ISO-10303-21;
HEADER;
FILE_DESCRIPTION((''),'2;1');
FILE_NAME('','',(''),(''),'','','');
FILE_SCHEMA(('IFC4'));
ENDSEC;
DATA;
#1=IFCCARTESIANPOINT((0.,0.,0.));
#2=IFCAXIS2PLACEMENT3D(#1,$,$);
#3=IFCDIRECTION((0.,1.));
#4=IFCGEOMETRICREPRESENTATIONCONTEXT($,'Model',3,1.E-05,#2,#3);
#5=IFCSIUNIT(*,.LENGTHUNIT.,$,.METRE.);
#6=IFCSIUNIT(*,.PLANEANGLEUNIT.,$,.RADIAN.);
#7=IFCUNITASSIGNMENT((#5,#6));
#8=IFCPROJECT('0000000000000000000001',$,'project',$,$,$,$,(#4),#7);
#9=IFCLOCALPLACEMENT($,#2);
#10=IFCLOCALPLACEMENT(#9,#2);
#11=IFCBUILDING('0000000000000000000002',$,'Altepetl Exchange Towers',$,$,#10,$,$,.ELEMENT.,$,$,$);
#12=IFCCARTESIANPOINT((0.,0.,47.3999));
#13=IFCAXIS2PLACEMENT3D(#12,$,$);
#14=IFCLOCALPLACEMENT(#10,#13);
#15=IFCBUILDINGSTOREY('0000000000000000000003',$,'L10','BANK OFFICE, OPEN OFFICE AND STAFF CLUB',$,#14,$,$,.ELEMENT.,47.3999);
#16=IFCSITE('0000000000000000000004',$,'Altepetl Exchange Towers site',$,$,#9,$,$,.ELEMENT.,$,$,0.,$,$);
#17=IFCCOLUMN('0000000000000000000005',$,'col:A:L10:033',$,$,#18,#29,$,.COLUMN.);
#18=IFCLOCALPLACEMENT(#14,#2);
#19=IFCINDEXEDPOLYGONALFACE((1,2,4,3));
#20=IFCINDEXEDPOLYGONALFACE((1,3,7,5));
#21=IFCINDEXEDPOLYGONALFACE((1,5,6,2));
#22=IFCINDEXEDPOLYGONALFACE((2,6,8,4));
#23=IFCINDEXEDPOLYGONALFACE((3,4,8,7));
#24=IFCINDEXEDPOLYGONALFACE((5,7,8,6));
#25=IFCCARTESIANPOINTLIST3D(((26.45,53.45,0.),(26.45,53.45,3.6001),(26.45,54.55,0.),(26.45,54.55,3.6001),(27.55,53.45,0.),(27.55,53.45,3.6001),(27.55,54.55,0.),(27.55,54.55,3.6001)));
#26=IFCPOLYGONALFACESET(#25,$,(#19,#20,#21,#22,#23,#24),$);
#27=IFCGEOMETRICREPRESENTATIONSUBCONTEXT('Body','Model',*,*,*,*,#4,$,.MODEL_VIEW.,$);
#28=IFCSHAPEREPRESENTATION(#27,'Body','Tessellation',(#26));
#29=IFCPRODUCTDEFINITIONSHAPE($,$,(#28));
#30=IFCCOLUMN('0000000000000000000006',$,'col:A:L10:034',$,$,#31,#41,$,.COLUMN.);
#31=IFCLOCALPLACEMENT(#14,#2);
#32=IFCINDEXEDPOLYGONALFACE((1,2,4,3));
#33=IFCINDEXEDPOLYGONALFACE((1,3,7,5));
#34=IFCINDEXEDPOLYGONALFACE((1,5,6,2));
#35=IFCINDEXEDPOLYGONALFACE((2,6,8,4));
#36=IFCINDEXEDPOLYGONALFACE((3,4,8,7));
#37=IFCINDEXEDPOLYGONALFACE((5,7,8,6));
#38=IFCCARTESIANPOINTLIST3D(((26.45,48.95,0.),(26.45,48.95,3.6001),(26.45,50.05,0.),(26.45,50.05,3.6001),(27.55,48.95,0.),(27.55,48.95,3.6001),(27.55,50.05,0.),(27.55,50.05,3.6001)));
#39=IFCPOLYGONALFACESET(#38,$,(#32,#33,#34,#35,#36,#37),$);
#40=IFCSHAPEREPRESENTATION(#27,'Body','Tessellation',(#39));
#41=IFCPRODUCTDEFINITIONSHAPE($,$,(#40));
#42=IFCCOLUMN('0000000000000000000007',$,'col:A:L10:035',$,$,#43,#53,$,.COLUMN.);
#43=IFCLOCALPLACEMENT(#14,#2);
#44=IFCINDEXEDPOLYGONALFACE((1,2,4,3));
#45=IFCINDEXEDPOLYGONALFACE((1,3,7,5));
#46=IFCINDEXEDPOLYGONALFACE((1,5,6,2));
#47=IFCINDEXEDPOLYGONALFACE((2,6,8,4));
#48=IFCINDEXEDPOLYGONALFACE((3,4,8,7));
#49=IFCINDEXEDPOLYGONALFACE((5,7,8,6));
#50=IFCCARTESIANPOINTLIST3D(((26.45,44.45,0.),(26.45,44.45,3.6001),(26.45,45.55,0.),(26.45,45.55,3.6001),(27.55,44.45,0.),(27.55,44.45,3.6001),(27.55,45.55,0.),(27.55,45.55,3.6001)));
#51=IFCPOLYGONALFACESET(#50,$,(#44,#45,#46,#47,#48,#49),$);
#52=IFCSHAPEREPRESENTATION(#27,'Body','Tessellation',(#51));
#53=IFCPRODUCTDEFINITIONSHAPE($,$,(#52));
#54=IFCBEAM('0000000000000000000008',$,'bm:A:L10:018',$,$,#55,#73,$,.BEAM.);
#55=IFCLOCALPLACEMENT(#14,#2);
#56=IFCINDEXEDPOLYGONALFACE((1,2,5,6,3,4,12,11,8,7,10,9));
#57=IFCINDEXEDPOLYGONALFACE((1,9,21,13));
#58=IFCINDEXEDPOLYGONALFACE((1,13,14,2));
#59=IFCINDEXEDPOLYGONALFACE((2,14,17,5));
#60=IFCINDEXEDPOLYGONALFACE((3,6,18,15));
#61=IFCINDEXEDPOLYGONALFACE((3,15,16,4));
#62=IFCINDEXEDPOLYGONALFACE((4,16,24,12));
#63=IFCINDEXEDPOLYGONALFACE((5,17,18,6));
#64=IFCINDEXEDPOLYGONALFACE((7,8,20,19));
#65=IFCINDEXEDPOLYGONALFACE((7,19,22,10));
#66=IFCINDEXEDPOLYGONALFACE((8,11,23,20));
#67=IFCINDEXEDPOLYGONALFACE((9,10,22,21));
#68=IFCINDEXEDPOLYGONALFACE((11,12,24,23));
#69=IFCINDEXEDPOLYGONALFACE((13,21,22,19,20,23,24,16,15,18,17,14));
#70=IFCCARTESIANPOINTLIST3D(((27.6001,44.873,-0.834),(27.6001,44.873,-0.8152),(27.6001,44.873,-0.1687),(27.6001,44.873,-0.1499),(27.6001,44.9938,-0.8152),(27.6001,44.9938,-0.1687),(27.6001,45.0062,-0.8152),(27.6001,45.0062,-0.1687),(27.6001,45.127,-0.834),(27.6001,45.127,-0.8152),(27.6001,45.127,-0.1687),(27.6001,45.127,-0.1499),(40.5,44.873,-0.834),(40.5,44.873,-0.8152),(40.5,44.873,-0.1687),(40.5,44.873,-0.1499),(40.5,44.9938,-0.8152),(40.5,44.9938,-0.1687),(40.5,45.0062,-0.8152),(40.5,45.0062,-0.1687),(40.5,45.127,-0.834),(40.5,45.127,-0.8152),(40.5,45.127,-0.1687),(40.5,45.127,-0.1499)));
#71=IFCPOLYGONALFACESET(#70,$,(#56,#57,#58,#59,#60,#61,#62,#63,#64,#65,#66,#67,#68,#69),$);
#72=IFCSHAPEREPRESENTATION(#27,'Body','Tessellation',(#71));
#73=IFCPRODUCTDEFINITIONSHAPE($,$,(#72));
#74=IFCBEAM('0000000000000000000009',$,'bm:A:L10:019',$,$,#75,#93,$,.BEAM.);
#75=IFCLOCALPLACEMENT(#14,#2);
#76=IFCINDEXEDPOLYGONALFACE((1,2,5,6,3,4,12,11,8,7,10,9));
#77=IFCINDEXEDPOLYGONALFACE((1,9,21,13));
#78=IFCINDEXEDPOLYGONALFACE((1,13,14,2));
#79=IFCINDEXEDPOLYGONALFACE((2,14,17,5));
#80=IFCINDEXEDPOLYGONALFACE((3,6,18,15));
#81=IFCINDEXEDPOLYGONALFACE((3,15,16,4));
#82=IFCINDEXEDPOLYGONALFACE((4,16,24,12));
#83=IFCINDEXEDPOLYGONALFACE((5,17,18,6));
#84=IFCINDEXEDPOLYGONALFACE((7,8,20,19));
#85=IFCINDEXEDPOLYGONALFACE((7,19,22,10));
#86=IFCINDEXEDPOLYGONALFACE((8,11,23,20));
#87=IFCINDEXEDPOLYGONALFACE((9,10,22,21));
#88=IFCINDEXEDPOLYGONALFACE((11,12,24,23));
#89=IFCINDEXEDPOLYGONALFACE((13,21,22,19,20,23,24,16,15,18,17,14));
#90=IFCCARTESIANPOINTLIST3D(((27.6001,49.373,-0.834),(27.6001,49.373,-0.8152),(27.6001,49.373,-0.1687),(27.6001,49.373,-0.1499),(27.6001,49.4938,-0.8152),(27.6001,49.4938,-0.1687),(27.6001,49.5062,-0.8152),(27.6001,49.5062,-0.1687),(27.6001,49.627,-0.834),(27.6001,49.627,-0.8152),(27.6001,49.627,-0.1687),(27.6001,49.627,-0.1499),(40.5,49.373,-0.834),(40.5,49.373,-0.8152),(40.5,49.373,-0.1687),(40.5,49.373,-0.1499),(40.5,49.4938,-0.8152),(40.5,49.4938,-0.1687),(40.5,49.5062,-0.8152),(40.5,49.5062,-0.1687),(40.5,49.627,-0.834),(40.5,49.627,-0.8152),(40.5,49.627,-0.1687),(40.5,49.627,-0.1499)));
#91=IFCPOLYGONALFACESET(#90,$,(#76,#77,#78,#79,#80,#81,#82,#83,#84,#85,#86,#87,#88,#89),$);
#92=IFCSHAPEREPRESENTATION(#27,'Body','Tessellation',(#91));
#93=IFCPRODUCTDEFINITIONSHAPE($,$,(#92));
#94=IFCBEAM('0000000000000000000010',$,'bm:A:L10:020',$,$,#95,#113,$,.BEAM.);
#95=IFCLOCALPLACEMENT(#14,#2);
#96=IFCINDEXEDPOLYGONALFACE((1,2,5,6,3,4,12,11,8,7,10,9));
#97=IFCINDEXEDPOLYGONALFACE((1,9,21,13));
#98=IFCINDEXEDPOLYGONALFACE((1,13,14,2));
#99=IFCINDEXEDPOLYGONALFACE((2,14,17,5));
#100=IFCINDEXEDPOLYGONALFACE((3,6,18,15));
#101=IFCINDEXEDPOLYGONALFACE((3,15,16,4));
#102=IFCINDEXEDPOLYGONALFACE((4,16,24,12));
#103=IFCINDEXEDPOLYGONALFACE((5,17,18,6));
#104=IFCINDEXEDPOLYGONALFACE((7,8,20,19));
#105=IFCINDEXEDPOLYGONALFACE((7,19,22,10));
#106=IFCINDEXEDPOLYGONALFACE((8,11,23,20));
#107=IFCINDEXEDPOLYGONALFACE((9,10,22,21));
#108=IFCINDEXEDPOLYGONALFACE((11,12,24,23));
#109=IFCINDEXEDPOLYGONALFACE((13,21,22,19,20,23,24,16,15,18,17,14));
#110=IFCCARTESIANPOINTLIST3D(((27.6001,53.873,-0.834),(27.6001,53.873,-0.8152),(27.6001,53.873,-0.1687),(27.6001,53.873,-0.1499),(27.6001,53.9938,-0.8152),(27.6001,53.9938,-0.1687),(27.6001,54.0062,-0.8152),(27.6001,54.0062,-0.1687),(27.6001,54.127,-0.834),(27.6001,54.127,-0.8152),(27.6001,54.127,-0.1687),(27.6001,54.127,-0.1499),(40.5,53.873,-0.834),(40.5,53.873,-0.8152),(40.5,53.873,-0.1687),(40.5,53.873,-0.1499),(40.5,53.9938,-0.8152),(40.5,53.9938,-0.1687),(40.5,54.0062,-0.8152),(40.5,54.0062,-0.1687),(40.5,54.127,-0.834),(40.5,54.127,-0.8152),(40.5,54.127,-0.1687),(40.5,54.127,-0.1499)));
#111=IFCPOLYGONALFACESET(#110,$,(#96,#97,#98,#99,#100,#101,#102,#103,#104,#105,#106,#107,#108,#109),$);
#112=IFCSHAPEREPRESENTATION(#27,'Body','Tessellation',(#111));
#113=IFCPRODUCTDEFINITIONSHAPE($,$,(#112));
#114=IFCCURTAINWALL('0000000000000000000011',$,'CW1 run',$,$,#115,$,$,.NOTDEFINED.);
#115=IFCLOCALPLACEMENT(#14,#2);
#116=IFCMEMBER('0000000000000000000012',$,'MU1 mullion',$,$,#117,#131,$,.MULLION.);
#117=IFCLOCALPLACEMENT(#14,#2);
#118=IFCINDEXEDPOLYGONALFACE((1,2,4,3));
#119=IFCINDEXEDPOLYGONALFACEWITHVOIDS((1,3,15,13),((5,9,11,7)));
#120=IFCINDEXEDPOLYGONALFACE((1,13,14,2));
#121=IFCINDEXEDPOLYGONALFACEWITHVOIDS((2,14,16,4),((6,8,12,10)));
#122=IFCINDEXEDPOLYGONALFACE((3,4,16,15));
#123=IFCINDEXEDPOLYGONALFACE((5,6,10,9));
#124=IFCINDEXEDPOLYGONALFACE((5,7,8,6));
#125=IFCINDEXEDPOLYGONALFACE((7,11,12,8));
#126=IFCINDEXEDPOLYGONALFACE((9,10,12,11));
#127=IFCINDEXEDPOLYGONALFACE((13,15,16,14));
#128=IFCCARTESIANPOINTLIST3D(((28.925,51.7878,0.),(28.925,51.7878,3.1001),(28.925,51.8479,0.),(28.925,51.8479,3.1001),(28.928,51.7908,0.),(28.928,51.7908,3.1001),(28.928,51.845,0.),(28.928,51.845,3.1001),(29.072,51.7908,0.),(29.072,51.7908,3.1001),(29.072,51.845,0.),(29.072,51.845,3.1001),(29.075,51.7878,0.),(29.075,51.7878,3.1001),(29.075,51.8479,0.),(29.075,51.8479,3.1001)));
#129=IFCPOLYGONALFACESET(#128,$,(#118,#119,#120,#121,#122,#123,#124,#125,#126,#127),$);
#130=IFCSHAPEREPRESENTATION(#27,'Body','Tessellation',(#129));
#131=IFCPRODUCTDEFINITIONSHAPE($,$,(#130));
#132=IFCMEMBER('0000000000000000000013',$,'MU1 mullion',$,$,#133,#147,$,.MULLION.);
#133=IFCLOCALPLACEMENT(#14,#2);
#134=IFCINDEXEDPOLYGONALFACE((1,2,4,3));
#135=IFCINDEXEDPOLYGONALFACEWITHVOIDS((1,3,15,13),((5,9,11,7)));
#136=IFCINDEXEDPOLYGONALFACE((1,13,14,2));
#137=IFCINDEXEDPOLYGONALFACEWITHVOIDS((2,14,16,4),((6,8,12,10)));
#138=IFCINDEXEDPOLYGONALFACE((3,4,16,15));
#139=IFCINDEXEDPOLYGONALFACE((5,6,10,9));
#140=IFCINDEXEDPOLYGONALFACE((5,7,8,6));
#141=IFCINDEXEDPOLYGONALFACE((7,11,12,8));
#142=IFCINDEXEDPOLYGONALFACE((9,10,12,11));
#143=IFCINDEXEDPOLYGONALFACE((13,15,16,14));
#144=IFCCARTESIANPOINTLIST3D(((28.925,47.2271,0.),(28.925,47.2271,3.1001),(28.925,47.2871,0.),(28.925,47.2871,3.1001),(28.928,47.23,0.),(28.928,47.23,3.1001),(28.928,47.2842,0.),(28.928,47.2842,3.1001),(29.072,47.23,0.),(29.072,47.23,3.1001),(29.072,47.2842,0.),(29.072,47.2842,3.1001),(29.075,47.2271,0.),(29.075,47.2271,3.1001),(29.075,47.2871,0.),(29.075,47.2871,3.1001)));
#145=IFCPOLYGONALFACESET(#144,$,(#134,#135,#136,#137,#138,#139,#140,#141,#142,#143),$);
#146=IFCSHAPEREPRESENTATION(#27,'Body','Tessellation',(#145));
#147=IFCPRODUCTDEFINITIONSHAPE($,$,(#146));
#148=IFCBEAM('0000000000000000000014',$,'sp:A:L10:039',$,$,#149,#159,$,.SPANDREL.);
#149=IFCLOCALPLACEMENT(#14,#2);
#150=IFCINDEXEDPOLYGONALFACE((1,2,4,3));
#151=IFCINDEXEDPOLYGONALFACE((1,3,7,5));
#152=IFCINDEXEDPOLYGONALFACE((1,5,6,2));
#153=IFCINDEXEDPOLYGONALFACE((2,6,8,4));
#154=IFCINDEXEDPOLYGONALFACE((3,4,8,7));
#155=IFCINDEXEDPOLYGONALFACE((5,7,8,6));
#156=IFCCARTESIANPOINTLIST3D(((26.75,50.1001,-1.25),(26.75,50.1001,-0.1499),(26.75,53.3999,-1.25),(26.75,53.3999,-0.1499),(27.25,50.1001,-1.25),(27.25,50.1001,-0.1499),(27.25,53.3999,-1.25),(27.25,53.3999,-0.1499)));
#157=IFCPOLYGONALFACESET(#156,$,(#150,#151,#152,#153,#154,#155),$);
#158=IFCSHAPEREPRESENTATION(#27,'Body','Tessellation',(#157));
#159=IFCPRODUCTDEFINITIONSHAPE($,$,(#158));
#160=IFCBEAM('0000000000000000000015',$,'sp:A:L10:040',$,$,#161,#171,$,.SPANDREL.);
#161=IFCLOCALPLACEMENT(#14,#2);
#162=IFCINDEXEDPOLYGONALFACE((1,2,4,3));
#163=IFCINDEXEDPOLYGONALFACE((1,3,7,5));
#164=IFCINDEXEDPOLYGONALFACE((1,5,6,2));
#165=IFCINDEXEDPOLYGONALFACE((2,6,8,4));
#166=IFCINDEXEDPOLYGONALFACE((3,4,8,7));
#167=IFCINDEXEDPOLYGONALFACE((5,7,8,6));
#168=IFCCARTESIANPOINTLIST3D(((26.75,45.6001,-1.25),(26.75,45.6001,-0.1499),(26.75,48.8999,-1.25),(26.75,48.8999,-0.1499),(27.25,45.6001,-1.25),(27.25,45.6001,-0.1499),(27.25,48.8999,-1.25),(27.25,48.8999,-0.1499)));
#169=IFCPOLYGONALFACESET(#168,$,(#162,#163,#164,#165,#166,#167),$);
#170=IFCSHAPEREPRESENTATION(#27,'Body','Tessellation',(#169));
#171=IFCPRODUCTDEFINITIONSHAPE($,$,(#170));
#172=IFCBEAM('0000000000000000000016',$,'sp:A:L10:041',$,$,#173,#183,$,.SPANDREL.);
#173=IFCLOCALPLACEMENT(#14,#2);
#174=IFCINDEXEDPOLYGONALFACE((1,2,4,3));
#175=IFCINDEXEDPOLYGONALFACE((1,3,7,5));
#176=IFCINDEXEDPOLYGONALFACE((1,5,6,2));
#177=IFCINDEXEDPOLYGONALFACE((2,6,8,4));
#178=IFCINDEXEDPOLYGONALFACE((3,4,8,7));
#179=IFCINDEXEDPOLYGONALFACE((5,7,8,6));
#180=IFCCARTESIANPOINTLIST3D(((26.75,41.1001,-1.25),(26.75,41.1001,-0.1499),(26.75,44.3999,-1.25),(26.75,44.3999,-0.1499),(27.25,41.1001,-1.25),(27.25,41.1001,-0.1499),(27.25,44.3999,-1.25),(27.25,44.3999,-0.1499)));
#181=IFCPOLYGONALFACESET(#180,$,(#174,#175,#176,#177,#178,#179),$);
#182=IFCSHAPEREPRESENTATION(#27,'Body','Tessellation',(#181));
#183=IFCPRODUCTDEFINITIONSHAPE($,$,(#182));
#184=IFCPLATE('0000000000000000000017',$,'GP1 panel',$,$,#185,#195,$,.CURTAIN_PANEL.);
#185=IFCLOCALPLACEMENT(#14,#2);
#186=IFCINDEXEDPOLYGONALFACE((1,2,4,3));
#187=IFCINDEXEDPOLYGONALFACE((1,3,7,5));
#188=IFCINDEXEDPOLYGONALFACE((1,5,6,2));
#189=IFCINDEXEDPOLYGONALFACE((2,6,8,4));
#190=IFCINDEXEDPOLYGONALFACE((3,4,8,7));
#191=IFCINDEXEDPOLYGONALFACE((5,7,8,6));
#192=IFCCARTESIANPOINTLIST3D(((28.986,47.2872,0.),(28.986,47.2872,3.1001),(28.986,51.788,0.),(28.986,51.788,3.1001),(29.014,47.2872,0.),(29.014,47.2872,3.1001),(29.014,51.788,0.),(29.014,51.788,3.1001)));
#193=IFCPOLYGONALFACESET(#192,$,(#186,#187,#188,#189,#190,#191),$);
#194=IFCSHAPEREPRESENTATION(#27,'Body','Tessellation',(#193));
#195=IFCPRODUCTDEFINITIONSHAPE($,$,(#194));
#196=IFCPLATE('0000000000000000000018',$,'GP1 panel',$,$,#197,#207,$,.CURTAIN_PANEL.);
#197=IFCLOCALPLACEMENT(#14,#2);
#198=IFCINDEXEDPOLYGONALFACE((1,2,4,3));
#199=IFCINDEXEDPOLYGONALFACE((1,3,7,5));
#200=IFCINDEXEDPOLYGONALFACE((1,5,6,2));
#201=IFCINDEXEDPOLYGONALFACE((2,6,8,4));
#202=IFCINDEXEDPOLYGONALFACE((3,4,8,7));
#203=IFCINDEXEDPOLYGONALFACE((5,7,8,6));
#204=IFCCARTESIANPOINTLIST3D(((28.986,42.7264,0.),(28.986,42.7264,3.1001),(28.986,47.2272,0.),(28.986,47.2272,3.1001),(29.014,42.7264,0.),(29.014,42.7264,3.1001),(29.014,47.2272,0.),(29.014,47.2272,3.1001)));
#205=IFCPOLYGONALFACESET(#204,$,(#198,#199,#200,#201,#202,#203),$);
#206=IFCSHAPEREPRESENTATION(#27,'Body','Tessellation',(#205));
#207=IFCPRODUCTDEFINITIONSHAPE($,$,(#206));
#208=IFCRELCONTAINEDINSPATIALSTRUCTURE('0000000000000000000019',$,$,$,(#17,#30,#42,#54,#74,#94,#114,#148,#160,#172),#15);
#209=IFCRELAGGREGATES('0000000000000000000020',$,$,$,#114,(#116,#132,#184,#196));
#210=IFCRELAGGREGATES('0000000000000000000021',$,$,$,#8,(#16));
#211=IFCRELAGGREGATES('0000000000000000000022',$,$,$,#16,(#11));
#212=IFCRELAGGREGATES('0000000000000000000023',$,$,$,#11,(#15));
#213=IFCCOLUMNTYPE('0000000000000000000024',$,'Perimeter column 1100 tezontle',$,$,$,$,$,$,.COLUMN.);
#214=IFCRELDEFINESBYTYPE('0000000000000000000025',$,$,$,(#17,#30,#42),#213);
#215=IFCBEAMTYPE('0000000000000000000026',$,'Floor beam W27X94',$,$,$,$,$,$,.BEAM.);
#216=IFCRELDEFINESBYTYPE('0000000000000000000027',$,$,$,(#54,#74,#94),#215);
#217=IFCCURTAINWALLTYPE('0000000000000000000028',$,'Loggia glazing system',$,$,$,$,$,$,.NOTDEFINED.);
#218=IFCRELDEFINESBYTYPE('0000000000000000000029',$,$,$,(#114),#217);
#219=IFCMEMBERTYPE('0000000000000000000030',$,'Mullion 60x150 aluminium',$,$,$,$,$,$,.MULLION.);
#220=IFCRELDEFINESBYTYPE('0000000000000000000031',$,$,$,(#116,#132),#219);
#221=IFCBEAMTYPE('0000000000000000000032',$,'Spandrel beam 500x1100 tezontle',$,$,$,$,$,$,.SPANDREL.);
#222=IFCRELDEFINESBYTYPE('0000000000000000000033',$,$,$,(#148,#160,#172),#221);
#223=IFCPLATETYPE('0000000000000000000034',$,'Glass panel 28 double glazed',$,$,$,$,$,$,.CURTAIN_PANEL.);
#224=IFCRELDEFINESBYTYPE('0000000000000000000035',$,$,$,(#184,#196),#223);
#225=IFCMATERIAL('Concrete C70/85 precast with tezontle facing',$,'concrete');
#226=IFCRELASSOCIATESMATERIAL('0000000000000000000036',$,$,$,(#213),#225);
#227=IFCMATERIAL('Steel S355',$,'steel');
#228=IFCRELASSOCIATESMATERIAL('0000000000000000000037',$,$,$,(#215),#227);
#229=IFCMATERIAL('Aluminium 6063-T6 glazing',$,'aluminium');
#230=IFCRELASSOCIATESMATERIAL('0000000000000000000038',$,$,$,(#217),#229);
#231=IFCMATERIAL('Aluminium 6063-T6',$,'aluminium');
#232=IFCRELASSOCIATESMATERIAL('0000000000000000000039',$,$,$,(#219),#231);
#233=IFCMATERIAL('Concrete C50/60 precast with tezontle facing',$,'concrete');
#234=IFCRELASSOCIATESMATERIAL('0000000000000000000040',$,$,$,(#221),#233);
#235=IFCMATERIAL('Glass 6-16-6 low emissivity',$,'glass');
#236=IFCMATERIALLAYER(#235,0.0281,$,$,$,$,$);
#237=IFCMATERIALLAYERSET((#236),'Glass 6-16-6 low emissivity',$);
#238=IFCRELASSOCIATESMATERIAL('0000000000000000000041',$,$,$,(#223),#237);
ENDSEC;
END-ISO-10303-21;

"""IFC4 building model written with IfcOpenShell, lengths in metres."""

from ifc_helpers import new_model, si_unit, direction, frame, origin, origin_2d, place, context, subcontext, project, spatial, rectangle, hollow_rectangle, i_section, extrude, material, layer, layer_set, material_profile, profile_set, type_object, element, aggregate, save


model = new_model("IFC4")

# Units and contexts
model_context = context("Model", 3, precision=1e-05, world=origin(), true_north=direction((0.0, 1.0)))
body_context = subcontext(model_context, "Body", "Model", "MODEL_VIEW")
ifc_project = project(units=[si_unit("LENGTHUNIT", "METRE"), si_unit("PLANEANGLEUNIT", "RADIAN")], contexts=[model_context])

# Site, building, storey
site_placement = place(None, origin())
site = spatial("IfcSite", under=ifc_project, at=site_placement, Name="Altepetl Exchange Towers site", CompositionType="ELEMENT", RefElevation=0.0)
building_placement = place(site_placement, origin())
building = spatial("IfcBuilding", under=site, at=building_placement, Name="Altepetl Exchange Towers", CompositionType="ELEMENT")
storey_placement = place(building_placement, frame((0.0, 0.0, 47.3999)))
storey = spatial("IfcBuildingStorey", under=building, at=storey_placement, Name="L10", Description="BANK OFFICE, OPEN OFFICE AND STAFF CLUB", CompositionType="ELEMENT", Elevation=47.3999)

# Columns
ifc_material_1 = material(Name="Concrete C70/85 precast with tezontle facing", Category="concrete")
ifc_material_profile_1 = material_profile(ifc_material_1, rectangle(XDim=1.1001, YDim=1.1001, at=origin_2d()), Name="1100 x 1100")
ifc_profile_set_1 = profile_set([ifc_material_profile_1], Name="Concrete C70/85 precast with tezontle facing")
column_type = type_object("IfcColumnType", Name="Perimeter column 1100 tezontle", PredefinedType="COLUMN", material=ifc_profile_set_1)
for number, where, name in (
    (1, (27.0, 54.0, 0.0), "col:A:L10:033"),
    (2, (27.0, 49.5, 0.0), "col:A:L10:034"),
    (3, (27.0, 45.0, 0.0), "col:A:L10:035"),
):
    element("IfcColumn", number, at=place(storey_placement, frame(where)), inside=storey, type_object=column_type, Name=name, PredefinedType="COLUMN", context=body_context, shape_type="SweptSolid", body=[
        extrude(rectangle(XDim=1.1001, YDim=1.1001, at=origin_2d()), origin(), (0.0, 0.0, 1.0), 3.6001),
    ])

# Beams
ifc_material_2 = material(Name="Steel S355", Category="steel")
ifc_material_profile_2 = material_profile(ifc_material_2, i_section(OverallWidth=0.2539, OverallDepth=0.6841, WebThickness=0.0125, FlangeThickness=0.0188, at=origin_2d()), Name="W27X94")
ifc_profile_set_2 = profile_set([ifc_material_profile_2], Name="Steel S355")
beam_type_1 = type_object("IfcBeamType", Name="Floor beam W27X94", PredefinedType="BEAM", material=ifc_profile_set_2)
for number, where, z_axis, x_axis, name in (
    (4, (27.6001, 45.0, -0.4919), (1.0, 0.0, 0.0), (0.0, 1.0, 0.0), "bm:A:L10:018"),
    (5, (27.6001, 49.5, -0.4919), (1.0, 0.0, 0.0), (0.0, 1.0, 0.0), "bm:A:L10:019"),
    (6, (27.6001, 54.0, -0.4919), (1.0, 0.0, 0.0), (0.0, 1.0, 0.0), "bm:A:L10:020"),
):
    element("IfcBeam", number, at=place(storey_placement, frame(where, z_axis=z_axis, x_axis=x_axis)), inside=storey, type_object=beam_type_1, Name=name, PredefinedType="BEAM", context=body_context, shape_type="SweptSolid", body=[
        extrude(i_section(OverallWidth=0.2539, OverallDepth=0.6841, WebThickness=0.0125, FlangeThickness=0.0188, at=origin_2d()), origin(), (0.0, 0.0, 1.0), 12.8999),
    ])

# Curtain wall, members
ifc_material_3 = material(Name="Aluminium 6063-T6 glazing", Category="aluminium")
curtain_wall_type = type_object("IfcCurtainWallType", Name="Loggia glazing system", PredefinedType="NOTDEFINED", material=ifc_material_3)
curtain_wall_placement = place(storey_placement, origin())
curtain_wall = element("IfcCurtainWall", 7, at=curtain_wall_placement, inside=storey, type_object=curtain_wall_type, Name="CW1 run", PredefinedType="NOTDEFINED")
ifc_material_4 = material(Name="Aluminium 6063-T6", Category="aluminium")
ifc_material_profile_3 = material_profile(ifc_material_4, hollow_rectangle(XDim=0.0601, YDim=0.1499, WallThickness=0.0029, at=origin_2d()), Name="Mullion 60x150 aluminium")
ifc_profile_set_3 = profile_set([ifc_material_profile_3], Name="Aluminium 6063-T6")
member_type = type_object("IfcMemberType", Name="Mullion 60x150 aluminium", PredefinedType="MULLION", material=ifc_profile_set_3)
member_1_placement = place(storey_placement, frame((29.0, 51.8179, 0.0), z_axis=(0.0, 0.0, 1.0), x_axis=(0.0, -1.0, 0.0)))
member_1 = element("IfcMember", 8, at=member_1_placement, type_object=member_type, Name="MU1 mullion", PredefinedType="MULLION", context=body_context, shape_type="SweptSolid", body=[
    extrude(hollow_rectangle(XDim=0.0601, YDim=0.1499, WallThickness=0.0029, at=origin_2d()), origin(), (0.0, 0.0, 1.0), 3.1001),
])
member_2_placement = place(storey_placement, frame((29.0, 47.2571, 0.0), z_axis=(0.0, 0.0, 1.0), x_axis=(0.0, -1.0, 0.0)))
member_2 = element("IfcMember", 9, at=member_2_placement, type_object=member_type, Name="MU1 mullion", PredefinedType="MULLION", context=body_context, shape_type="SweptSolid", body=[
    extrude(hollow_rectangle(XDim=0.0601, YDim=0.1499, WallThickness=0.0029, at=origin_2d()), origin(), (0.0, 0.0, 1.0), 3.1001),
])

# Beams
ifc_material_5 = material(Name="Concrete C50/60 precast with tezontle facing", Category="concrete")
ifc_material_profile_4 = material_profile(ifc_material_5, rectangle(XDim=0.5, YDim=1.1001, at=origin_2d()), Name="500 x 1100")
ifc_profile_set_4 = profile_set([ifc_material_profile_4], Name="Concrete C50/60 precast with tezontle facing")
beam_type_2 = type_object("IfcBeamType", Name="Spandrel beam 500x1100 tezontle", PredefinedType="SPANDREL", material=ifc_profile_set_4)
for number, where, z_axis, x_axis, name in (
    (10, (27.0, 53.3999, -0.7), (0.0, -1.0, 0.0), (1.0, 0.0, 0.0), "sp:A:L10:039"),
    (11, (27.0, 48.8999, -0.7), (0.0, -1.0, 0.0), (1.0, 0.0, 0.0), "sp:A:L10:040"),
    (12, (27.0, 44.3999, -0.7), (0.0, -1.0, 0.0), (1.0, 0.0, 0.0), "sp:A:L10:041"),
):
    element("IfcBeam", number, at=place(storey_placement, frame(where, z_axis=z_axis, x_axis=x_axis)), inside=storey, type_object=beam_type_2, Name=name, PredefinedType="SPANDREL", context=body_context, shape_type="SweptSolid", body=[
        extrude(rectangle(XDim=0.5, YDim=1.1001, at=origin_2d()), origin(), (0.0, 0.0, 1.0), 3.2998),
    ])

# Plates
ifc_material_6 = material(Name="Glass 6-16-6 low emissivity", Category="glass")
ifc_layer_1 = layer(ifc_material_6, 0.0281)
ifc_layer_set_1 = layer_set([ifc_layer_1], Name="Glass 6-16-6 low emissivity")
plate_type = type_object("IfcPlateType", Name="Glass panel 28 double glazed", PredefinedType="CURTAIN_PANEL", material=ifc_layer_set_1)
plate_1_placement = place(storey_placement, frame((29.0, 49.5376, 0.0), z_axis=(0.0, 0.0, 1.0), x_axis=(0.0, -1.0, 0.0)))
plate_1 = element("IfcPlate", 13, at=plate_1_placement, type_object=plate_type, Name="GP1 panel", PredefinedType="CURTAIN_PANEL", context=body_context, shape_type="SweptSolid", body=[
    extrude(rectangle(XDim=4.5007, YDim=0.0281, at=origin_2d()), origin(), (0.0, 0.0, 1.0), 3.1001),
])
plate_2_placement = place(storey_placement, frame((29.0, 44.9768, 0.0), z_axis=(0.0, 0.0, 1.0), x_axis=(0.0, -1.0, 0.0)))
plate_2 = element("IfcPlate", 14, at=plate_2_placement, type_object=plate_type, Name="GP1 panel", PredefinedType="CURTAIN_PANEL", context=body_context, shape_type="SweptSolid", body=[
    extrude(rectangle(XDim=4.5007, YDim=0.0281, at=origin_2d()), origin(), (0.0, 0.0, 1.0), 3.1001),
])
aggregate(curtain_wall, [member_1, member_2, plate_1, plate_2])

save(model, "model.ifc")
